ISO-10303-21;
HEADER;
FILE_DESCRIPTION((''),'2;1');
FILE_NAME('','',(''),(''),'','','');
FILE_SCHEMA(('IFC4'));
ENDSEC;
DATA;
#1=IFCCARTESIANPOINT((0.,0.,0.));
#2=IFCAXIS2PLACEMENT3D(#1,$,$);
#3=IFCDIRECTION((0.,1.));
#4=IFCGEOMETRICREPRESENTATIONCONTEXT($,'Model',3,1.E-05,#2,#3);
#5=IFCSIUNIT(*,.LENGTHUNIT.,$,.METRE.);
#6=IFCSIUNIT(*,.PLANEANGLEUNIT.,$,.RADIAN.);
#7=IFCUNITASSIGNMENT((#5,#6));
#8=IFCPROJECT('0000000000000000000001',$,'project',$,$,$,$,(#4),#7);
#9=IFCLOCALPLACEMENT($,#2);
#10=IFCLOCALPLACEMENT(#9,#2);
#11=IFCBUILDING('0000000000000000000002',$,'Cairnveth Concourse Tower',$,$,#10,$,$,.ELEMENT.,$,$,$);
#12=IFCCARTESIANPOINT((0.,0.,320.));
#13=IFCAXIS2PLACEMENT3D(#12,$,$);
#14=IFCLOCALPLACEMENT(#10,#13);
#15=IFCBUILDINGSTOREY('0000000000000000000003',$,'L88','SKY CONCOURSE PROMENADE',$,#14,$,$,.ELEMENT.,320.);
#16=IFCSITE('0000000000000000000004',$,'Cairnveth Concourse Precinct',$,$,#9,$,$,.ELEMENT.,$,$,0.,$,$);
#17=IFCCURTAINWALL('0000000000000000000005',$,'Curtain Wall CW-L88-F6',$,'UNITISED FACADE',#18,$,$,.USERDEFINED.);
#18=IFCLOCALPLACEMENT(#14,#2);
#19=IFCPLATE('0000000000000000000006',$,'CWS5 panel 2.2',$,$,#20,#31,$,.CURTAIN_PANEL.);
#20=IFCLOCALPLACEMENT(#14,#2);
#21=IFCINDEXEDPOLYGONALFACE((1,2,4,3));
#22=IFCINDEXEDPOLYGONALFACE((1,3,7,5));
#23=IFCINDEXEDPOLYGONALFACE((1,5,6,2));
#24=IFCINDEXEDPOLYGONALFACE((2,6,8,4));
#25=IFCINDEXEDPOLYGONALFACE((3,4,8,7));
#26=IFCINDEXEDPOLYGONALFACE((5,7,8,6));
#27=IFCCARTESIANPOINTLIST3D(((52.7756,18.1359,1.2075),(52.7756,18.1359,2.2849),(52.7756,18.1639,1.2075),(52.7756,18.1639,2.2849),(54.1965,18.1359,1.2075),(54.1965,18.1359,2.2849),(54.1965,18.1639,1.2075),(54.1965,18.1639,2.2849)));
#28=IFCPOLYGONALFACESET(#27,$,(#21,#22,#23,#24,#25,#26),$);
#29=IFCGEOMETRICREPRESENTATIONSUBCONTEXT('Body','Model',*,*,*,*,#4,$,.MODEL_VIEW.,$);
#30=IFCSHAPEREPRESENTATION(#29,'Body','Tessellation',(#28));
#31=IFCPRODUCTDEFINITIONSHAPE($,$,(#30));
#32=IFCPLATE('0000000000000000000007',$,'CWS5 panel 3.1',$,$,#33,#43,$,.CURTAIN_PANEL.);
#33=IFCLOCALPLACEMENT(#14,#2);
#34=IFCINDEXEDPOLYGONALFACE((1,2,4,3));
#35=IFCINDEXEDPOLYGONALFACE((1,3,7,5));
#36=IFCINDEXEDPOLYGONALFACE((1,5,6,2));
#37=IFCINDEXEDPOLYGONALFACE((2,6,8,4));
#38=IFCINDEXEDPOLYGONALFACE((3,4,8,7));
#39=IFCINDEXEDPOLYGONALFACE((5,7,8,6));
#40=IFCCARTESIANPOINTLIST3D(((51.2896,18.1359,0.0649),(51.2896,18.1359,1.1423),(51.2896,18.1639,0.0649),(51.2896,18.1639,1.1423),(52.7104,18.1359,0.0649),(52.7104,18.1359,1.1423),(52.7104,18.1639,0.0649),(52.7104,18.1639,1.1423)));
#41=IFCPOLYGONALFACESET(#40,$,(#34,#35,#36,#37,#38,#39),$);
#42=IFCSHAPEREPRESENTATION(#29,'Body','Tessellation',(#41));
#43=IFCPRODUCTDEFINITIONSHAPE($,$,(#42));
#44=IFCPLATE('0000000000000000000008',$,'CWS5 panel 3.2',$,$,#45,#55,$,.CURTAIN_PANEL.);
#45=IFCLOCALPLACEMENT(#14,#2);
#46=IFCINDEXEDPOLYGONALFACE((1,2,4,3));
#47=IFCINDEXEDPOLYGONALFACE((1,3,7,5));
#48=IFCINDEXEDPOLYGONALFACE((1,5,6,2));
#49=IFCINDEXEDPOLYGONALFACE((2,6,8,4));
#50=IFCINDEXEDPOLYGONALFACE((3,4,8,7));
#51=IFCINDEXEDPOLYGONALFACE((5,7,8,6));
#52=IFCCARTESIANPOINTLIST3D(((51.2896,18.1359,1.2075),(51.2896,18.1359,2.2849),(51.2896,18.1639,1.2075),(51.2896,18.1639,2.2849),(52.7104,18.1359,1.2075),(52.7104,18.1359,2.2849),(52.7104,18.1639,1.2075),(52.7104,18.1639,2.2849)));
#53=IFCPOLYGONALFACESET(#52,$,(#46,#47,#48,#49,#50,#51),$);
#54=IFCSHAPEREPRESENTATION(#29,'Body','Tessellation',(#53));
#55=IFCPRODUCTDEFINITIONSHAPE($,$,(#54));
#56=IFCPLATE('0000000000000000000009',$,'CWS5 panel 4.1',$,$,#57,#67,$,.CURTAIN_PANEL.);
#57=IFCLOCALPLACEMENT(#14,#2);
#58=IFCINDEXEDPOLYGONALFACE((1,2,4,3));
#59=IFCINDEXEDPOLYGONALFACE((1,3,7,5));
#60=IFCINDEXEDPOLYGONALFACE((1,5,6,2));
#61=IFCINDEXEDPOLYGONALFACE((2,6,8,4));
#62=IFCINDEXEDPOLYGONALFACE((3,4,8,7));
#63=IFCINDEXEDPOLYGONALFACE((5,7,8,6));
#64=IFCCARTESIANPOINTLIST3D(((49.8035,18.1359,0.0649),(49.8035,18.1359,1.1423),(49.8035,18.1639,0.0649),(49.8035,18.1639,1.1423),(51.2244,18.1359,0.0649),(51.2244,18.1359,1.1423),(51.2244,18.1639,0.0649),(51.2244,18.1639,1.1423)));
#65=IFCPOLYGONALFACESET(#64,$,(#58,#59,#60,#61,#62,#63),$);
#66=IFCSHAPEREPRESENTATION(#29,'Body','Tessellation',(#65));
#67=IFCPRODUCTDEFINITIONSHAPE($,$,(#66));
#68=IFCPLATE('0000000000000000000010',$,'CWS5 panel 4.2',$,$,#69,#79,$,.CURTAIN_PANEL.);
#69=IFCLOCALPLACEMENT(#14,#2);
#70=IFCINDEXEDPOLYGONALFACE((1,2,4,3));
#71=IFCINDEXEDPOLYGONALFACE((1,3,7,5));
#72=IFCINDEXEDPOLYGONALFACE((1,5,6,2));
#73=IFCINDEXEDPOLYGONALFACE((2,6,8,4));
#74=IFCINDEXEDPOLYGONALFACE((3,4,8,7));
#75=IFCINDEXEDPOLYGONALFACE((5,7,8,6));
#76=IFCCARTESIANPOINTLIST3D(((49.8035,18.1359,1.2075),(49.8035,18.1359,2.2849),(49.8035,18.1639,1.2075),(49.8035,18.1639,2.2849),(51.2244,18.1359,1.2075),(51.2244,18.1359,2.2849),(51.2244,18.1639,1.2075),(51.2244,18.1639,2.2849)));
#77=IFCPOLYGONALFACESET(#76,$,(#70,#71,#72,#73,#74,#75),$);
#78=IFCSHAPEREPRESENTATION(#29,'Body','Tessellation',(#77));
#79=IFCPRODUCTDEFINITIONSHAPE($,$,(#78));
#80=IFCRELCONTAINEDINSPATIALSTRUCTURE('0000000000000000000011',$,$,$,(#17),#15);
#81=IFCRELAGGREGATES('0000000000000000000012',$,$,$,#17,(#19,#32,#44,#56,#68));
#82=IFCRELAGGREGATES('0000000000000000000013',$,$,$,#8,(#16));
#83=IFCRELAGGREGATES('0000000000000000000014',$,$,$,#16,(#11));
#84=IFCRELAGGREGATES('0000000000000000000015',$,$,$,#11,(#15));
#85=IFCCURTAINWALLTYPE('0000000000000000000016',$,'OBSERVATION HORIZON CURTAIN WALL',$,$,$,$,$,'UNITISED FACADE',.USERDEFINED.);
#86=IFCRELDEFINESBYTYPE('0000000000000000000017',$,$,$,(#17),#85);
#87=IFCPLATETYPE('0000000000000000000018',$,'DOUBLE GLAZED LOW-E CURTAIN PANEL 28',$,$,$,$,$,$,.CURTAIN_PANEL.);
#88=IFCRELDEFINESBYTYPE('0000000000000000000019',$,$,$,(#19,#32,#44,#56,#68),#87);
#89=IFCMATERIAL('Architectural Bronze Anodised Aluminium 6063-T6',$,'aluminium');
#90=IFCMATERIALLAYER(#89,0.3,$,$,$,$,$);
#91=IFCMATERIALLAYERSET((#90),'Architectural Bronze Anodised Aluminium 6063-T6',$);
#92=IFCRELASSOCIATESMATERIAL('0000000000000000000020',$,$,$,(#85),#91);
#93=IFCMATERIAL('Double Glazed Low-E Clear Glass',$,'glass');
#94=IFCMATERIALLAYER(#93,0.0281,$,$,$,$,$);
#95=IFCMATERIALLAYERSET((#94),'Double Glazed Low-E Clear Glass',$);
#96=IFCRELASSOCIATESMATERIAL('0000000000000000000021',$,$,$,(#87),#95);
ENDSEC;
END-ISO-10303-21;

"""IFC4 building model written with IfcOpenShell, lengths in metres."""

from ifc_helpers import new_model, si_unit, direction, frame, origin, origin_2d, place, context, subcontext, project, spatial, rectangle, extrude, material, layer, layer_set, type_object, element, aggregate, save


model = new_model("IFC4")

# Units and contexts
model_context = context("Model", 3, precision=1e-05, world=origin(), true_north=direction((0.0, 1.0)))
body_context = subcontext(model_context, "Body", "Model", "MODEL_VIEW")
ifc_project = project(units=[si_unit("LENGTHUNIT", "METRE"), si_unit("PLANEANGLEUNIT", "RADIAN")], contexts=[model_context])

# Site, building, storey
site_placement = place(None, origin())
site = spatial("IfcSite", under=ifc_project, at=site_placement, Name="Cairnveth Concourse Precinct", CompositionType="ELEMENT", RefElevation=0.0)
building_placement = place(site_placement, origin())
building = spatial("IfcBuilding", under=site, at=building_placement, Name="Cairnveth Concourse Tower", CompositionType="ELEMENT")
storey_placement = place(building_placement, frame((0.0, 0.0, 320.0)))
storey = spatial("IfcBuildingStorey", under=building, at=storey_placement, Name="L88", Description="SKY CONCOURSE PROMENADE", CompositionType="ELEMENT", Elevation=320.0)

# Curtain wall, plates
ifc_material_1 = material(Name="Architectural Bronze Anodised Aluminium 6063-T6", Category="aluminium")
ifc_layer_1 = layer(ifc_material_1, 0.3)
ifc_layer_set_1 = layer_set([ifc_layer_1], Name="Architectural Bronze Anodised Aluminium 6063-T6")
curtain_wall_type = type_object("IfcCurtainWallType", Name="OBSERVATION HORIZON CURTAIN WALL", ElementType="UNITISED FACADE", PredefinedType="USERDEFINED", material=ifc_layer_set_1)
curtain_wall_placement = place(storey_placement, origin())
curtain_wall = element("IfcCurtainWall", 1, at=curtain_wall_placement, inside=storey, type_object=curtain_wall_type, Name="Curtain Wall CW-L88-F6", ObjectType="UNITISED FACADE", PredefinedType="USERDEFINED")
ifc_material_2 = material(Name="Double Glazed Low-E Clear Glass", Category="glass")
ifc_layer_2 = layer(ifc_material_2, 0.0281)
ifc_layer_set_2 = layer_set([ifc_layer_2], Name="Double Glazed Low-E Clear Glass")
plate_type = type_object("IfcPlateType", Name="DOUBLE GLAZED LOW-E CURTAIN PANEL 28", PredefinedType="CURTAIN_PANEL", material=ifc_layer_set_2)
plate_1_placement = place(storey_placement, frame((53.4861, 18.1499, 1.2075), z_axis=(0.0, 0.0, 1.0), x_axis=(-1.0, 0.0, 0.0)))
plate_1 = element("IfcPlate", 2, at=plate_1_placement, type_object=plate_type, Name="CWS5 panel 2.2", PredefinedType="CURTAIN_PANEL", context=body_context, shape_type="SweptSolid", body=[
    extrude(rectangle(XDim=1.4209, YDim=0.0281, at=origin_2d()), origin(), (0.0, 0.0, 1.0), 1.0774),
])
plate_2_placement = place(storey_placement, frame((52.0, 18.1499, 0.0649), z_axis=(0.0, 0.0, 1.0), x_axis=(-1.0, 0.0, 0.0)))
plate_2 = element("IfcPlate", 3, at=plate_2_placement, type_object=plate_type, Name="CWS5 panel 3.1", PredefinedType="CURTAIN_PANEL", context=body_context, shape_type="SweptSolid", body=[
    extrude(rectangle(XDim=1.4209, YDim=0.0281, at=origin_2d()), origin(), (0.0, 0.0, 1.0), 1.0774),
])
plate_3_placement = place(storey_placement, frame((52.0, 18.1499, 1.2075), z_axis=(0.0, 0.0, 1.0), x_axis=(-1.0, 0.0, 0.0)))
plate_3 = element("IfcPlate", 4, at=plate_3_placement, type_object=plate_type, Name="CWS5 panel 3.2", PredefinedType="CURTAIN_PANEL", context=body_context, shape_type="SweptSolid", body=[
    extrude(rectangle(XDim=1.4209, YDim=0.0281, at=origin_2d()), origin(), (0.0, 0.0, 1.0), 1.0774),
])
plate_4_placement = place(storey_placement, frame((50.5139, 18.1499, 0.0649), z_axis=(0.0, 0.0, 1.0), x_axis=(-1.0, 0.0, 0.0)))
plate_4 = element("IfcPlate", 5, at=plate_4_placement, type_object=plate_type, Name="CWS5 panel 4.1", PredefinedType="CURTAIN_PANEL", context=body_context, shape_type="SweptSolid", body=[
    extrude(rectangle(XDim=1.4209, YDim=0.0281, at=origin_2d()), origin(), (0.0, 0.0, 1.0), 1.0774),
])
plate_5_placement = place(storey_placement, frame((50.5139, 18.1499, 1.2075), z_axis=(0.0, 0.0, 1.0), x_axis=(-1.0, 0.0, 0.0)))
plate_5 = element("IfcPlate", 6, at=plate_5_placement, type_object=plate_type, Name="CWS5 panel 4.2", PredefinedType="CURTAIN_PANEL", context=body_context, shape_type="SweptSolid", body=[
    extrude(rectangle(XDim=1.4209, YDim=0.0281, at=origin_2d()), origin(), (0.0, 0.0, 1.0), 1.0774),
])
aggregate(curtain_wall, [plate_1, plate_2, plate_3, plate_4, plate_5])

save(model, "model.ifc")
